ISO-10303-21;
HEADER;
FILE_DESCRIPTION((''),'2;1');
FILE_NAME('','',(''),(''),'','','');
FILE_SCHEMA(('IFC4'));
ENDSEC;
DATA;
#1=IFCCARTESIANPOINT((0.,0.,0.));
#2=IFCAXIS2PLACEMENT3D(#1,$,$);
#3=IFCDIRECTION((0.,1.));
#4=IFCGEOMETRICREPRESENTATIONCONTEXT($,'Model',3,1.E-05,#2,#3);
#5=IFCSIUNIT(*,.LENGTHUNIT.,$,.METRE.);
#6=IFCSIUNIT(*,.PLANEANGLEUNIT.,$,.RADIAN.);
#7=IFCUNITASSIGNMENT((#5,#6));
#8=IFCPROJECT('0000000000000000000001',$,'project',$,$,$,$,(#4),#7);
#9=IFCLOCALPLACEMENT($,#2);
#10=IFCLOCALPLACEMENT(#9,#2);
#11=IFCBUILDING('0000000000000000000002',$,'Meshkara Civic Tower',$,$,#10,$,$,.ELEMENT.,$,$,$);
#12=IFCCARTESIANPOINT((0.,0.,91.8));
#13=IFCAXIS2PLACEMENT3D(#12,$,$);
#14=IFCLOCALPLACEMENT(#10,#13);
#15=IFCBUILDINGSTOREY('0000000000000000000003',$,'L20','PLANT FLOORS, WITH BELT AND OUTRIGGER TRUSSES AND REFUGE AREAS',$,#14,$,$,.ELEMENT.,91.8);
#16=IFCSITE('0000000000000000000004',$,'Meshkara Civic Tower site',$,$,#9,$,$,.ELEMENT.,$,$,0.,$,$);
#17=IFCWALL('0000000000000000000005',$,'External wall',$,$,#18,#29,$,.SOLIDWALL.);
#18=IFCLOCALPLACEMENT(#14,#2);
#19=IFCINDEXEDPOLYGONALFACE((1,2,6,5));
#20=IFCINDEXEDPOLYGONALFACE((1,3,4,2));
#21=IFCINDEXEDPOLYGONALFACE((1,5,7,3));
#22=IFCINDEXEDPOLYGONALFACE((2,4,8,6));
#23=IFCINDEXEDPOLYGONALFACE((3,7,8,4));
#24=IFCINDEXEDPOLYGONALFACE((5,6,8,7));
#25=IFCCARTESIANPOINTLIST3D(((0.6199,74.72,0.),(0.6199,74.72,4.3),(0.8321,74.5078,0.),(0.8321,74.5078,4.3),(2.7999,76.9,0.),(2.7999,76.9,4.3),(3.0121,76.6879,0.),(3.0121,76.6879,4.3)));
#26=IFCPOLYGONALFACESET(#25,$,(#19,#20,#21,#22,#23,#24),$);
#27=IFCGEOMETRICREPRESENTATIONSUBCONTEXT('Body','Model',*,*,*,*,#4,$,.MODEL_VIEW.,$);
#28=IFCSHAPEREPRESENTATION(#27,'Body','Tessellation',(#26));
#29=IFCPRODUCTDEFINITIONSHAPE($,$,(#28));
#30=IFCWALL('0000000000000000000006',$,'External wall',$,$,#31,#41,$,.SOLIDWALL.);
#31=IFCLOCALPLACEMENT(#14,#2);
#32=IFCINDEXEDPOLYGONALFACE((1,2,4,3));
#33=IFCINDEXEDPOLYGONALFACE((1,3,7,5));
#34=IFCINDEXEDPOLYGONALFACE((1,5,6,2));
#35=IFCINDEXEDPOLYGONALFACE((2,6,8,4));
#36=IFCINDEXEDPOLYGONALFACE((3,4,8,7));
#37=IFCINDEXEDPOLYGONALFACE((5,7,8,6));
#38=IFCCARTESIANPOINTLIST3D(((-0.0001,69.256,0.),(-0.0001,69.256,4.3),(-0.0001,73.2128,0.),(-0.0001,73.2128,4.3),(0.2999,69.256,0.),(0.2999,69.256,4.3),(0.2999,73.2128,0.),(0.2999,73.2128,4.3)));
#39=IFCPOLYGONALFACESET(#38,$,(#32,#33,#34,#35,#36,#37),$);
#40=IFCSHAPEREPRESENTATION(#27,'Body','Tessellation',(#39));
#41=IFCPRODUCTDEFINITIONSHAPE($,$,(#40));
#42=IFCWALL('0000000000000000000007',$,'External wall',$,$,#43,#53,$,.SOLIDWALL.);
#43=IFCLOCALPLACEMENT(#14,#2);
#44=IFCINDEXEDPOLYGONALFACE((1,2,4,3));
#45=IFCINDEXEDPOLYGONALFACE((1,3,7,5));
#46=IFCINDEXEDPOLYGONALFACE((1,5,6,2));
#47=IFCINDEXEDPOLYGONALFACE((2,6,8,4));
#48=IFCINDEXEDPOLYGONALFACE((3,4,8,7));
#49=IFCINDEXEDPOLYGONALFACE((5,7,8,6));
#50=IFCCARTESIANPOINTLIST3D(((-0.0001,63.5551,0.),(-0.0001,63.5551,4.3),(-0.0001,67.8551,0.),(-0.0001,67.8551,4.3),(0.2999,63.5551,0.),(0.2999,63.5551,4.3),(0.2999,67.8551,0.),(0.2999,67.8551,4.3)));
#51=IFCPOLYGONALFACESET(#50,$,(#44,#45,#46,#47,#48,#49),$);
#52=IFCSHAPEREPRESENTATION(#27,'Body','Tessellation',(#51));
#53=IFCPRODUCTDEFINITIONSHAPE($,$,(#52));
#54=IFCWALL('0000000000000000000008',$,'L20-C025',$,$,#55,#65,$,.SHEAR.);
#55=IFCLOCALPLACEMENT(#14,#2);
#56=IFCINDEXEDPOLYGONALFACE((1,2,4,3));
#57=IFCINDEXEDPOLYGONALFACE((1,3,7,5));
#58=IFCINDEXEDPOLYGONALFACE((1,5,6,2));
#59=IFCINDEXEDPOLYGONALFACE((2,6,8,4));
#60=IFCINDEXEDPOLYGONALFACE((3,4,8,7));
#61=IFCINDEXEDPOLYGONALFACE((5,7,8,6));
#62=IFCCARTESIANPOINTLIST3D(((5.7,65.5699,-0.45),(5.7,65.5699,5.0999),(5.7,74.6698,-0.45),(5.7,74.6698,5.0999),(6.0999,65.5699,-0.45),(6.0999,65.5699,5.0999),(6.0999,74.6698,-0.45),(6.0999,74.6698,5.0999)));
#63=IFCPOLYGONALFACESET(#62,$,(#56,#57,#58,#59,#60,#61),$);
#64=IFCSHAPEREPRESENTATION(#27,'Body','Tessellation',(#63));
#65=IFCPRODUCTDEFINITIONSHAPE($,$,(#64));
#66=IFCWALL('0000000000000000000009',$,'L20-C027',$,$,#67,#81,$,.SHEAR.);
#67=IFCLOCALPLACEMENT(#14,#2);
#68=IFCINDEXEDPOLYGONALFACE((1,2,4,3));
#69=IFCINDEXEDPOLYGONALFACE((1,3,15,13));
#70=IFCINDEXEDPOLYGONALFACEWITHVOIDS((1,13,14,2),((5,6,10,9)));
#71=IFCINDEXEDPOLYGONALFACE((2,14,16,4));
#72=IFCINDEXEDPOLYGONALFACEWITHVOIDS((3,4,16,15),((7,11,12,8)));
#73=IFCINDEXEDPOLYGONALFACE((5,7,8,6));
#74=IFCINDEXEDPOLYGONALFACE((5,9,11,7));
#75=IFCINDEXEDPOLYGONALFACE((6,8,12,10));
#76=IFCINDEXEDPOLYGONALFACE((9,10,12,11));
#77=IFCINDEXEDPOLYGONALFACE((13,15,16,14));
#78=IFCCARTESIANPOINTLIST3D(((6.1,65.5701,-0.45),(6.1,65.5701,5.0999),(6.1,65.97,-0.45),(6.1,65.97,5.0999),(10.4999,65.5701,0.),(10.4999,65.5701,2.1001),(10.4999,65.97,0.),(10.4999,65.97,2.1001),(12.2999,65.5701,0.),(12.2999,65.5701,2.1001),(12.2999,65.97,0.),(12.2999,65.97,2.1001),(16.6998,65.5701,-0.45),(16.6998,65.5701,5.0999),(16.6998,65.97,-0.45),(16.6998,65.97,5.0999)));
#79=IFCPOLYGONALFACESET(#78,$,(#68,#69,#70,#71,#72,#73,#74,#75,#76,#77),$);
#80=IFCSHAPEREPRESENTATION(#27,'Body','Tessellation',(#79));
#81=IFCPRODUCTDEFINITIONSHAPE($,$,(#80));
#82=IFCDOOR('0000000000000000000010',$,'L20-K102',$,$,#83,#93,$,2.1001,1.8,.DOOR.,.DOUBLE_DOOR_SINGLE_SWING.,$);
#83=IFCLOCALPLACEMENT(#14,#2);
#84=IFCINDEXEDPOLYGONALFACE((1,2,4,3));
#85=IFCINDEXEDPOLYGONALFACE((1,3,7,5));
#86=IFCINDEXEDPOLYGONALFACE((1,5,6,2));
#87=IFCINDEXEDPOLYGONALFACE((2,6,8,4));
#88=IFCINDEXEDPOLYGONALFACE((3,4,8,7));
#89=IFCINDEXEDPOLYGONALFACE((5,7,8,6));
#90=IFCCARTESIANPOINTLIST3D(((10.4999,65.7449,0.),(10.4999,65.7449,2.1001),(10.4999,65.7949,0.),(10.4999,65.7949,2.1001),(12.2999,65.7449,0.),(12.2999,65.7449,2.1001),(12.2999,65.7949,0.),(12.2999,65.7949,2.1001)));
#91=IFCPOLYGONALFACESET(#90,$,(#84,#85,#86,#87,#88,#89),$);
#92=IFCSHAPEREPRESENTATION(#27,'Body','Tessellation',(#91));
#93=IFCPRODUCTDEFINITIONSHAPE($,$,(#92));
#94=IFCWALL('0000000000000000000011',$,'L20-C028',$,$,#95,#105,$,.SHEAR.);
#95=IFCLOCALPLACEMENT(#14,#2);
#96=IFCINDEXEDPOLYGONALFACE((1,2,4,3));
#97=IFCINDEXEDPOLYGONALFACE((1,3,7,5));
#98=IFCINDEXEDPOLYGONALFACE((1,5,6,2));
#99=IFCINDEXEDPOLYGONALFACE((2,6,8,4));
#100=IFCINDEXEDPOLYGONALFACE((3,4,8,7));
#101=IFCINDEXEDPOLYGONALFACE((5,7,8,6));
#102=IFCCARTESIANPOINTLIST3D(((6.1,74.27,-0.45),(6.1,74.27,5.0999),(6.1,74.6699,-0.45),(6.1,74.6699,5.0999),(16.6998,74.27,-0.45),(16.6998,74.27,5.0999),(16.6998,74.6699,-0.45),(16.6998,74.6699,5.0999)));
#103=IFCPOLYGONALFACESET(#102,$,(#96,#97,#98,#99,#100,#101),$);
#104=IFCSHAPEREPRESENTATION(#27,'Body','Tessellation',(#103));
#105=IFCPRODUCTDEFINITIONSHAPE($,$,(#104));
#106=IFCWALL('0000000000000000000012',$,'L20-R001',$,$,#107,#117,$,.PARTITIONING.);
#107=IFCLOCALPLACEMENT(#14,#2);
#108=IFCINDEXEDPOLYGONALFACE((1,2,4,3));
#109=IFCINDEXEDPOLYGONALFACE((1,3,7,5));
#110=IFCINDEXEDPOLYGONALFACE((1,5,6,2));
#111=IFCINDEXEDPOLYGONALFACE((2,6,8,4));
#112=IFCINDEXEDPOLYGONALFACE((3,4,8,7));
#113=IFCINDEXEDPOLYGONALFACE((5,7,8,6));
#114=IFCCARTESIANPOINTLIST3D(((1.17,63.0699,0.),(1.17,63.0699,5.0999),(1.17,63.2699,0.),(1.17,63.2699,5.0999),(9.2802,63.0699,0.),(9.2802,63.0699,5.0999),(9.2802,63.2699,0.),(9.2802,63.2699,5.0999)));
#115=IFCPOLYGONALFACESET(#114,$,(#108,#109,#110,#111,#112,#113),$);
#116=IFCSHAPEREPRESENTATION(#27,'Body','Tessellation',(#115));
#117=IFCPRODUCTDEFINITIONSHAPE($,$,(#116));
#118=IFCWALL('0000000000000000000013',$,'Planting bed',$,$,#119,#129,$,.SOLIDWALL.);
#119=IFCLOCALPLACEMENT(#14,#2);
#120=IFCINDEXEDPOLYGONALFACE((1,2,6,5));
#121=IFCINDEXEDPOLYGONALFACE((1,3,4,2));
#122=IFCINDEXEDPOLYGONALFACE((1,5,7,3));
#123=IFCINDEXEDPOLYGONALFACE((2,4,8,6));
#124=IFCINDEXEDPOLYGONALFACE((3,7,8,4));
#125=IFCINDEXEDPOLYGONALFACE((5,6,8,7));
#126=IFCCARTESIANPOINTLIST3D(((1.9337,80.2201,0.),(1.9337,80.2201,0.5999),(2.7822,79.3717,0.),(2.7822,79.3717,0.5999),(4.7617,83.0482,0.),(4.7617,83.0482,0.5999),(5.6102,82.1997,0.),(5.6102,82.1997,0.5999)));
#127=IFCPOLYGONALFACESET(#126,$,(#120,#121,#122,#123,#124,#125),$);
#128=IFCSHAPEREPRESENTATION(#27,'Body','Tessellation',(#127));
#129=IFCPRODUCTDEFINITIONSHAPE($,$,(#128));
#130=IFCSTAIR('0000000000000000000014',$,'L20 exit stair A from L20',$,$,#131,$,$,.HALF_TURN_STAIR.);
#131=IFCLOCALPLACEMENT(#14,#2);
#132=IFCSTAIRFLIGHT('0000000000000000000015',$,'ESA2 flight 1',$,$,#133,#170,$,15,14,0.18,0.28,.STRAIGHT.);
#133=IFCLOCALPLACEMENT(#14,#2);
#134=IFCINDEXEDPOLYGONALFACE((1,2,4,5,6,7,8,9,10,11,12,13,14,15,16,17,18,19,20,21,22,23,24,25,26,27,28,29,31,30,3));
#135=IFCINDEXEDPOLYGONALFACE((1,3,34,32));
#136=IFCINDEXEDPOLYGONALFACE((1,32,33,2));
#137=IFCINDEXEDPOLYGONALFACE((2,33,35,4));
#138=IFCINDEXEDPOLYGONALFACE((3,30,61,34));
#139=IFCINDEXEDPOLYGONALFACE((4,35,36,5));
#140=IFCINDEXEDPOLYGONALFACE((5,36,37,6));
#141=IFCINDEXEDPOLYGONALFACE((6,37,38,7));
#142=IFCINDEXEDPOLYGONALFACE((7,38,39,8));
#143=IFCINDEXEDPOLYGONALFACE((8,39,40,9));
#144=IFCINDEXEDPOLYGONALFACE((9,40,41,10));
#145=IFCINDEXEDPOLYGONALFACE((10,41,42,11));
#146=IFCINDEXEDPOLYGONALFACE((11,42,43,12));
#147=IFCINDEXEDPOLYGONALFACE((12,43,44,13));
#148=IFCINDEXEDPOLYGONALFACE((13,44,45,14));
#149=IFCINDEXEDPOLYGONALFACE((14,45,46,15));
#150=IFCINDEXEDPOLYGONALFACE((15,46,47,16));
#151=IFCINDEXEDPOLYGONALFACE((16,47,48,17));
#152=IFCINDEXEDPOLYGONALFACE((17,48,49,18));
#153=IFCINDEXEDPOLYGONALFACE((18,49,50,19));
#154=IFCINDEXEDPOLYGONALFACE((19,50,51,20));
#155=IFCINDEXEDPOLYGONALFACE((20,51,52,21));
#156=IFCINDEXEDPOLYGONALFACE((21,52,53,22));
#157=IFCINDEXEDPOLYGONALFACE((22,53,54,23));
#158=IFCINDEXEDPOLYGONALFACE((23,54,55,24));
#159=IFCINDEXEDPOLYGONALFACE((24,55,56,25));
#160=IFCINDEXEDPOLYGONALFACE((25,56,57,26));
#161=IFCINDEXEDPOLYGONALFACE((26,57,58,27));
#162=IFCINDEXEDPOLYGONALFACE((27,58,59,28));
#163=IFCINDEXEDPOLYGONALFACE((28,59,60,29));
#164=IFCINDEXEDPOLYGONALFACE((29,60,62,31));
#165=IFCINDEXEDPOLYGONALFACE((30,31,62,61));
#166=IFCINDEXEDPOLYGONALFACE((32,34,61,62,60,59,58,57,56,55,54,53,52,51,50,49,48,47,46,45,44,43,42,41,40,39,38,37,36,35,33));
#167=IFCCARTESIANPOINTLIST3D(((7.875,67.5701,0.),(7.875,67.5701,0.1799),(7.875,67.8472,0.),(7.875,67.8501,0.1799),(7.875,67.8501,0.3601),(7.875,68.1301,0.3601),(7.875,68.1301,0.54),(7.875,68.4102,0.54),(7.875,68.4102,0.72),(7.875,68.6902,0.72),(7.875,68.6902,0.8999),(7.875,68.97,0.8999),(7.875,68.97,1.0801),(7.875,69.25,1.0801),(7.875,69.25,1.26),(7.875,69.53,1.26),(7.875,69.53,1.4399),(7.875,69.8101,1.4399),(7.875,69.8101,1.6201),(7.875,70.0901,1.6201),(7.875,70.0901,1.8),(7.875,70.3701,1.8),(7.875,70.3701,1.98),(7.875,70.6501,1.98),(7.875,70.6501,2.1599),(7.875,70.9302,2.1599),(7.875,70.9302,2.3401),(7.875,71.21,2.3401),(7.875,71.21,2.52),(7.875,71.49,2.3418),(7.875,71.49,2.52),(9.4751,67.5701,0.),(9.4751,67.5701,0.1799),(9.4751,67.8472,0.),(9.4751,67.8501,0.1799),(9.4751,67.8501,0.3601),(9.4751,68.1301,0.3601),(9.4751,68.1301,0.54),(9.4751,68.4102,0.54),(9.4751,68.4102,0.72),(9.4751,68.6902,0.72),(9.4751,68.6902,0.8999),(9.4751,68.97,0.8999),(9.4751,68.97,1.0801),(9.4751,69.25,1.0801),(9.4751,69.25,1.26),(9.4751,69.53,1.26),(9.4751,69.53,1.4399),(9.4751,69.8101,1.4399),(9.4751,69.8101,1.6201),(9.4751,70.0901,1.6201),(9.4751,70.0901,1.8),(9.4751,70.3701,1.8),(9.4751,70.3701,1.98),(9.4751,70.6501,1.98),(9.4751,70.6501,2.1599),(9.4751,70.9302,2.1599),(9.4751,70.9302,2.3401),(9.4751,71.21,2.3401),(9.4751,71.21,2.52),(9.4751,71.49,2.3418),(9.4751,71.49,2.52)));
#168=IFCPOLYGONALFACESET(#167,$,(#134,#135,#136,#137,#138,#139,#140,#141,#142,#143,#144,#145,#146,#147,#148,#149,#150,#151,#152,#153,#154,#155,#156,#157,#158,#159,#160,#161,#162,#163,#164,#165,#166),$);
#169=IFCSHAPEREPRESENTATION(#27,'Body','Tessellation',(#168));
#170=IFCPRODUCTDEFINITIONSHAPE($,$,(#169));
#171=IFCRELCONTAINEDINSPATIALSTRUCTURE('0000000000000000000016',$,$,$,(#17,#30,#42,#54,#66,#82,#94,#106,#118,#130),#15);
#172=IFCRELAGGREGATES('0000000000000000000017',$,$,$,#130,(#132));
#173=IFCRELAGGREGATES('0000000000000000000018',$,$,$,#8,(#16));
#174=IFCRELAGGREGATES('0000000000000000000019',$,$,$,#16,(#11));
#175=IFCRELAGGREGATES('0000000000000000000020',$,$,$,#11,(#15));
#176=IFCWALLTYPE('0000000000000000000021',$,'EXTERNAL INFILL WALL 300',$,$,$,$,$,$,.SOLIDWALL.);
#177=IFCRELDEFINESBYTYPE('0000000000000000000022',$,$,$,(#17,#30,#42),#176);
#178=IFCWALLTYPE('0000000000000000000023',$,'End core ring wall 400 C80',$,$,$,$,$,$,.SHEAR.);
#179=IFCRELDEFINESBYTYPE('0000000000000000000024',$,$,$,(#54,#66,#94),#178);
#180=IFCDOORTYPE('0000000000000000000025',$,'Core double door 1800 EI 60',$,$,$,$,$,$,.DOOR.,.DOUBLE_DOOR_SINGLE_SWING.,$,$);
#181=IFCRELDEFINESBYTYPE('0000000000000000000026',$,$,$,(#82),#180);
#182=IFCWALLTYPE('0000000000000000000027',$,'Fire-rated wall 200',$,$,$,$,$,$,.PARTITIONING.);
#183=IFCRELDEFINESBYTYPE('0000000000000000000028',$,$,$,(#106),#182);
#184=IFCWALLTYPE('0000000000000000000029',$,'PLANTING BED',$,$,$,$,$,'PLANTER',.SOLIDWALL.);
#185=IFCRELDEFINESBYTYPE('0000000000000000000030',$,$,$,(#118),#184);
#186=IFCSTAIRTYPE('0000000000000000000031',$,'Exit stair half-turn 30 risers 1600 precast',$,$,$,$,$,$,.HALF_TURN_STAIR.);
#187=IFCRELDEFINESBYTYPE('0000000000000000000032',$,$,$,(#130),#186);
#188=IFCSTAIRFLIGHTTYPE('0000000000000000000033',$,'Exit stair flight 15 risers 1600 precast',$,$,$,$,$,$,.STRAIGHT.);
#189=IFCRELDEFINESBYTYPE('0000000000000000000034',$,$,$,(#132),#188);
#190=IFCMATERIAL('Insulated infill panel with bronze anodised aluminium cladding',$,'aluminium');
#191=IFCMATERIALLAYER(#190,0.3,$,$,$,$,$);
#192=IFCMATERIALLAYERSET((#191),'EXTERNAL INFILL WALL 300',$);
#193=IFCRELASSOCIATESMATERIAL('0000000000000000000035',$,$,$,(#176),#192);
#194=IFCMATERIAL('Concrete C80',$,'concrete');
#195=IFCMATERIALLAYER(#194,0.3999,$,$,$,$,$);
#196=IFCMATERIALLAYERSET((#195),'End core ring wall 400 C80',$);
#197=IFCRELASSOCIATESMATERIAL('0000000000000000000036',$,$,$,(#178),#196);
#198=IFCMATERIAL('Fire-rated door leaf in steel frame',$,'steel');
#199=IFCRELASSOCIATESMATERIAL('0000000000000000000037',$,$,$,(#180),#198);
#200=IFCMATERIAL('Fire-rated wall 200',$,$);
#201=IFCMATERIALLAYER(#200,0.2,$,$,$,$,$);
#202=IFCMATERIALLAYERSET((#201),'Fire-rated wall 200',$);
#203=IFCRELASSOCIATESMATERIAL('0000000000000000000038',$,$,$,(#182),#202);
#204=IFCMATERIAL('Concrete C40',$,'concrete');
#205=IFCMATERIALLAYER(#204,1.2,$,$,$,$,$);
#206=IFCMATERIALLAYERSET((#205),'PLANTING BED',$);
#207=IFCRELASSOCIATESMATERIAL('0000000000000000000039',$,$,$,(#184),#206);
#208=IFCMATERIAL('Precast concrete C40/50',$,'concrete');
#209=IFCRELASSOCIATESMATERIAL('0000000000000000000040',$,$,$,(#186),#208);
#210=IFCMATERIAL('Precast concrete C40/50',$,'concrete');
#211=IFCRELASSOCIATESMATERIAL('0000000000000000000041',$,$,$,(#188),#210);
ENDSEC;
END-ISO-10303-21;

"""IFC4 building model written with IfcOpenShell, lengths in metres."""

from ifc_helpers import new_model, si_unit, direction, frame, frame_2d, origin, place, context, subcontext, project, spatial, polyline, rectangle, outline, extrude, material, layer, layer_set, type_object, element, fill, aggregate, save


model = new_model("IFC4")

# Units and contexts
model_context = context("Model", 3, precision=1e-05, world=origin(), true_north=direction((0.0, 1.0)))
body_context = subcontext(model_context, "Body", "Model", "MODEL_VIEW")
ifc_project = project(units=[si_unit("LENGTHUNIT", "METRE"), si_unit("PLANEANGLEUNIT", "RADIAN")], contexts=[model_context])

# Site, building, storey
site_placement = place(None, origin())
site = spatial("IfcSite", under=ifc_project, at=site_placement, Name="Meshkara Civic Tower site", CompositionType="ELEMENT", RefElevation=0.0)
building_placement = place(site_placement, origin())
building = spatial("IfcBuilding", under=site, at=building_placement, Name="Meshkara Civic Tower", CompositionType="ELEMENT")
storey_placement = place(building_placement, frame((0.0, 0.0, 91.8)))
storey = spatial("IfcBuildingStorey", under=building, at=storey_placement, Name="L20", Description="PLANT FLOORS, WITH BELT AND OUTRIGGER TRUSSES AND REFUGE AREAS", CompositionType="ELEMENT", Elevation=91.8)

# Shared definitions
ifc_material_1 = material(Name="Insulated infill panel with bronze anodised aluminium cladding", Category="aluminium")
ifc_layer_1 = layer(ifc_material_1, 0.3)
ifc_layer_set_1 = layer_set([ifc_layer_1], Name="EXTERNAL INFILL WALL 300")
wall_type_1 = type_object("IfcWallType", Name="EXTERNAL INFILL WALL 300", PredefinedType="SOLIDWALL", material=ifc_layer_set_1)

# Walls
wall_1_placement = place(storey_placement, frame((2.906, 76.7939, 0.0), z_axis=(0.0, 0.0, 1.0), x_axis=(-0.707107, -0.707107, 0.0)))
element("IfcWall", 1, at=wall_1_placement, inside=storey, type_object=wall_type_1, Name="External wall", PredefinedType="SOLIDWALL", context=body_context, shape_type="SweptSolid", body=[
    extrude(rectangle(XDim=3.083, YDim=0.3, at=frame_2d((1.5415, 0.0))), origin(), (0.0, 0.0, 1.0), 4.3),
])
wall_2_placement = place(storey_placement, frame((0.1499, 73.2129, 0.0), z_axis=(0.0, 0.0, 1.0), x_axis=(0.0, -1.0, 0.0)))
element("IfcWall", 2, at=wall_2_placement, inside=storey, type_object=wall_type_1, Name="External wall", PredefinedType="SOLIDWALL", context=body_context, shape_type="SweptSolid", body=[
    extrude(rectangle(XDim=3.9568, YDim=0.3, at=frame_2d((1.9785, 0.0))), origin(), (0.0, 0.0, 1.0), 4.3),
])
wall_3_placement = place(storey_placement, frame((0.1499, 67.855, 0.0), z_axis=(0.0, 0.0, 1.0), x_axis=(0.0, -1.0, 0.0)))
element("IfcWall", 3, at=wall_3_placement, inside=storey, type_object=wall_type_1, Name="External wall", PredefinedType="SOLIDWALL", context=body_context, shape_type="SweptSolid", body=[
    extrude(rectangle(XDim=4.3, YDim=0.3, at=frame_2d((2.1499, 0.0))), origin(), (0.0, 0.0, 1.0), 4.3),
])
ifc_material_2 = material(Name="Concrete C80", Category="concrete")
ifc_layer_2 = layer(ifc_material_2, 0.3999)
ifc_layer_set_2 = layer_set([ifc_layer_2], Name="End core ring wall 400 C80")
wall_type_2 = type_object("IfcWallType", Name="End core ring wall 400 C80", PredefinedType="SHEAR", material=ifc_layer_set_2)
wall_4_placement = place(storey_placement, frame((5.8999, 65.5701, -0.45), z_axis=(0.0, 0.0, 1.0), x_axis=(0.0, 1.0, 0.0)))
element("IfcWall", 4, at=wall_4_placement, inside=storey, type_object=wall_type_2, Name="L20-C025", PredefinedType="SHEAR", context=body_context, shape_type="SweptSolid", body=[
    extrude(rectangle(XDim=9.0999, YDim=0.3999, at=frame_2d((4.5498, 0.0))), origin(), (0.0, 0.0, 1.0), 5.5498),
])

# Wall, opening, door
wall_5_placement = place(storey_placement, frame((6.1001, 65.77, -0.45), z_axis=(0.0, 0.0, 1.0), x_axis=(1.0, 0.0, 0.0)))
wall_5 = element("IfcWall", 5, at=wall_5_placement, inside=storey, type_object=wall_type_2, Name="L20-C027", PredefinedType="SHEAR", context=body_context, shape_type="SweptSolid", body=[
    extrude(rectangle(XDim=10.5999, YDim=0.3999, at=frame_2d((5.2998, 0.0))), origin(), (0.0, 0.0, 1.0), 5.5498),
])
opening_1_placement = place(wall_5_placement, frame((4.3999, 0.0, 0.45)))
opening_1 = element("IfcOpeningElement", 6, at=opening_1_placement, cuts=wall_5, PredefinedType="OPENING", context=body_context, shape_type="SweptSolid", body=[
    extrude(rectangle(XDim=1.8, YDim=2.1001, at=frame_2d((0.8999, 1.05))), frame((0.0, 0.21, 0.0), z_axis=(0.0, -1.0, 0.0), x_axis=(1.0, 0.0, 0.0)), (0.0, 0.0, 1.0), 0.4199),
])
ifc_material_3 = material(Name="Fire-rated door leaf in steel frame", Category="steel")
door_type_1 = type_object("IfcDoorType", Name="Core double door 1800 EI 60", OperationType="DOUBLE_DOOR_SINGLE_SWING", PredefinedType="DOOR", material=ifc_material_3)
door_1_placement = place(opening_1_placement, origin())
door_1 = element("IfcDoor", 7, at=door_1_placement, inside=storey, type_object=door_type_1, Name="L20-K102", OperationType="DOUBLE_DOOR_SINGLE_SWING", OverallHeight=2.1001, OverallWidth=1.8, PredefinedType="DOOR", context=body_context, shape_type="SweptSolid", body=[
    extrude(rectangle(XDim=1.8, YDim=2.1001, at=frame_2d((0.8999, 1.05))), frame((0.0, 0.0249, 0.0), z_axis=(0.0, -1.0, 0.0), x_axis=(1.0, 0.0, 0.0)), (0.0, 0.0, 1.0), 0.05),
])
fill(opening_1, door_1)

# Walls
wall_6_placement = place(storey_placement, frame((6.1001, 74.47, -0.45), z_axis=(0.0, 0.0, 1.0), x_axis=(1.0, 0.0, 0.0)))
element("IfcWall", 8, at=wall_6_placement, inside=storey, type_object=wall_type_2, Name="L20-C028", PredefinedType="SHEAR", context=body_context, shape_type="SweptSolid", body=[
    extrude(rectangle(XDim=10.5999, YDim=0.3999, at=frame_2d((5.2998, 0.0))), origin(), (0.0, 0.0, 1.0), 5.5498),
])
ifc_material_4 = material(Name="Fire-rated wall 200")
ifc_layer_3 = layer(ifc_material_4, 0.2)
ifc_layer_set_3 = layer_set([ifc_layer_3], Name="Fire-rated wall 200")
wall_type_3 = type_object("IfcWallType", Name="Fire-rated wall 200", PredefinedType="PARTITIONING", material=ifc_layer_set_3)
wall_7_placement = place(storey_placement, frame((1.1699, 63.1699, 0.0), z_axis=(0.0, 0.0, 1.0), x_axis=(1.0, 0.0, 0.0)))
element("IfcWall", 9, at=wall_7_placement, inside=storey, type_object=wall_type_3, Name="L20-R001", PredefinedType="PARTITIONING", context=body_context, shape_type="SweptSolid", body=[
    extrude(rectangle(XDim=8.1101, YDim=0.2, at=frame_2d((4.0552, 0.0))), origin(), (0.0, 0.0, 1.0), 5.0999),
])
ifc_material_5 = material(Name="Concrete C40", Category="concrete")
ifc_layer_4 = layer(ifc_material_5, 1.2)
ifc_layer_set_4 = layer_set([ifc_layer_4], Name="PLANTING BED")
wall_type_4 = type_object("IfcWallType", Name="PLANTING BED", ElementType="PLANTER", PredefinedType="SOLIDWALL", material=ifc_layer_set_4)
wall_8_placement = place(storey_placement, frame((2.3579, 79.7959, 0.0), z_axis=(0.0, 0.0, 1.0), x_axis=(0.707107, 0.707107, 0.0)))
element("IfcWall", 10, at=wall_8_placement, inside=storey, type_object=wall_type_4, Name="Planting bed", PredefinedType="SOLIDWALL", context=body_context, shape_type="SweptSolid", body=[
    extrude(rectangle(XDim=3.9995, YDim=1.2, at=frame_2d((1.9998, 0.0))), origin(), (0.0, 0.0, 1.0), 0.5999),
])

# Stair, stair flight
ifc_material_6 = material(Name="Precast concrete C40/50", Category="concrete")
stair_type = type_object("IfcStairType", Name="Exit stair half-turn 30 risers 1600 precast", PredefinedType="HALF_TURN_STAIR", material=ifc_material_6)
stair_placement = place(storey_placement, origin())
stair = element("IfcStair", 11, at=stair_placement, inside=storey, type_object=stair_type, Name="L20 exit stair A from L20", PredefinedType="HALF_TURN_STAIR")
ifc_material_7 = material(Name="Precast concrete C40/50", Category="concrete")
stair_flight_type = type_object("IfcStairFlightType", Name="Exit stair flight 15 risers 1600 precast", PredefinedType="STRAIGHT", material=ifc_material_7)
stair_flight_1_placement = place(storey_placement, frame((8.675, 67.5701, 0.0), z_axis=(0.0, 0.0, 1.0), x_axis=(0.0, 1.0, 0.0)))
stair_flight_1 = element("IfcStairFlight", 12, at=stair_flight_1_placement, type_object=stair_flight_type, Name="ESA2 flight 1", NumberOfRisers=15, NumberOfTreads=14, PredefinedType="STRAIGHT", RiserHeight=0.18, TreadLength=0.28, context=body_context, shape_type="SweptSolid", body=[
    extrude(outline(polyline([(0.0, 0.0), (0.0, 0.1799), (0.28, 0.1799), (0.28, 0.3601), (0.5601, 0.3601), (0.5601, 0.54), (0.8401, 0.54), (0.8401, 0.72), (1.1201, 0.72), (1.1201, 0.8999), (1.3999, 0.8999), (1.3999, 1.0801), (1.6799, 1.0801), (1.6799, 1.26), (1.96, 1.26), (1.96, 1.4399), (2.24, 1.4399), (2.24, 1.6201), (2.52, 1.6201), (2.52, 1.8), (2.8, 1.8), (2.8, 1.98), (3.0801, 1.98), (3.0801, 2.1599), (3.3601, 2.1599), (3.3601, 2.3401), (3.6399, 2.3401), (3.6399, 2.52), (3.9199, 2.52), (3.9199, 2.7), (3.9199, 2.3418), (0.2771, 0.0), (0.0, 0.0)])), frame((0.0, 0.8, 0.0), z_axis=(0.0, -1.0, 0.0), x_axis=(1.0, 0.0, 0.0)), (0.0, 0.0, 1.0), 1.6001),
])
aggregate(stair, [stair_flight_1])

save(model, "model.ifc")
